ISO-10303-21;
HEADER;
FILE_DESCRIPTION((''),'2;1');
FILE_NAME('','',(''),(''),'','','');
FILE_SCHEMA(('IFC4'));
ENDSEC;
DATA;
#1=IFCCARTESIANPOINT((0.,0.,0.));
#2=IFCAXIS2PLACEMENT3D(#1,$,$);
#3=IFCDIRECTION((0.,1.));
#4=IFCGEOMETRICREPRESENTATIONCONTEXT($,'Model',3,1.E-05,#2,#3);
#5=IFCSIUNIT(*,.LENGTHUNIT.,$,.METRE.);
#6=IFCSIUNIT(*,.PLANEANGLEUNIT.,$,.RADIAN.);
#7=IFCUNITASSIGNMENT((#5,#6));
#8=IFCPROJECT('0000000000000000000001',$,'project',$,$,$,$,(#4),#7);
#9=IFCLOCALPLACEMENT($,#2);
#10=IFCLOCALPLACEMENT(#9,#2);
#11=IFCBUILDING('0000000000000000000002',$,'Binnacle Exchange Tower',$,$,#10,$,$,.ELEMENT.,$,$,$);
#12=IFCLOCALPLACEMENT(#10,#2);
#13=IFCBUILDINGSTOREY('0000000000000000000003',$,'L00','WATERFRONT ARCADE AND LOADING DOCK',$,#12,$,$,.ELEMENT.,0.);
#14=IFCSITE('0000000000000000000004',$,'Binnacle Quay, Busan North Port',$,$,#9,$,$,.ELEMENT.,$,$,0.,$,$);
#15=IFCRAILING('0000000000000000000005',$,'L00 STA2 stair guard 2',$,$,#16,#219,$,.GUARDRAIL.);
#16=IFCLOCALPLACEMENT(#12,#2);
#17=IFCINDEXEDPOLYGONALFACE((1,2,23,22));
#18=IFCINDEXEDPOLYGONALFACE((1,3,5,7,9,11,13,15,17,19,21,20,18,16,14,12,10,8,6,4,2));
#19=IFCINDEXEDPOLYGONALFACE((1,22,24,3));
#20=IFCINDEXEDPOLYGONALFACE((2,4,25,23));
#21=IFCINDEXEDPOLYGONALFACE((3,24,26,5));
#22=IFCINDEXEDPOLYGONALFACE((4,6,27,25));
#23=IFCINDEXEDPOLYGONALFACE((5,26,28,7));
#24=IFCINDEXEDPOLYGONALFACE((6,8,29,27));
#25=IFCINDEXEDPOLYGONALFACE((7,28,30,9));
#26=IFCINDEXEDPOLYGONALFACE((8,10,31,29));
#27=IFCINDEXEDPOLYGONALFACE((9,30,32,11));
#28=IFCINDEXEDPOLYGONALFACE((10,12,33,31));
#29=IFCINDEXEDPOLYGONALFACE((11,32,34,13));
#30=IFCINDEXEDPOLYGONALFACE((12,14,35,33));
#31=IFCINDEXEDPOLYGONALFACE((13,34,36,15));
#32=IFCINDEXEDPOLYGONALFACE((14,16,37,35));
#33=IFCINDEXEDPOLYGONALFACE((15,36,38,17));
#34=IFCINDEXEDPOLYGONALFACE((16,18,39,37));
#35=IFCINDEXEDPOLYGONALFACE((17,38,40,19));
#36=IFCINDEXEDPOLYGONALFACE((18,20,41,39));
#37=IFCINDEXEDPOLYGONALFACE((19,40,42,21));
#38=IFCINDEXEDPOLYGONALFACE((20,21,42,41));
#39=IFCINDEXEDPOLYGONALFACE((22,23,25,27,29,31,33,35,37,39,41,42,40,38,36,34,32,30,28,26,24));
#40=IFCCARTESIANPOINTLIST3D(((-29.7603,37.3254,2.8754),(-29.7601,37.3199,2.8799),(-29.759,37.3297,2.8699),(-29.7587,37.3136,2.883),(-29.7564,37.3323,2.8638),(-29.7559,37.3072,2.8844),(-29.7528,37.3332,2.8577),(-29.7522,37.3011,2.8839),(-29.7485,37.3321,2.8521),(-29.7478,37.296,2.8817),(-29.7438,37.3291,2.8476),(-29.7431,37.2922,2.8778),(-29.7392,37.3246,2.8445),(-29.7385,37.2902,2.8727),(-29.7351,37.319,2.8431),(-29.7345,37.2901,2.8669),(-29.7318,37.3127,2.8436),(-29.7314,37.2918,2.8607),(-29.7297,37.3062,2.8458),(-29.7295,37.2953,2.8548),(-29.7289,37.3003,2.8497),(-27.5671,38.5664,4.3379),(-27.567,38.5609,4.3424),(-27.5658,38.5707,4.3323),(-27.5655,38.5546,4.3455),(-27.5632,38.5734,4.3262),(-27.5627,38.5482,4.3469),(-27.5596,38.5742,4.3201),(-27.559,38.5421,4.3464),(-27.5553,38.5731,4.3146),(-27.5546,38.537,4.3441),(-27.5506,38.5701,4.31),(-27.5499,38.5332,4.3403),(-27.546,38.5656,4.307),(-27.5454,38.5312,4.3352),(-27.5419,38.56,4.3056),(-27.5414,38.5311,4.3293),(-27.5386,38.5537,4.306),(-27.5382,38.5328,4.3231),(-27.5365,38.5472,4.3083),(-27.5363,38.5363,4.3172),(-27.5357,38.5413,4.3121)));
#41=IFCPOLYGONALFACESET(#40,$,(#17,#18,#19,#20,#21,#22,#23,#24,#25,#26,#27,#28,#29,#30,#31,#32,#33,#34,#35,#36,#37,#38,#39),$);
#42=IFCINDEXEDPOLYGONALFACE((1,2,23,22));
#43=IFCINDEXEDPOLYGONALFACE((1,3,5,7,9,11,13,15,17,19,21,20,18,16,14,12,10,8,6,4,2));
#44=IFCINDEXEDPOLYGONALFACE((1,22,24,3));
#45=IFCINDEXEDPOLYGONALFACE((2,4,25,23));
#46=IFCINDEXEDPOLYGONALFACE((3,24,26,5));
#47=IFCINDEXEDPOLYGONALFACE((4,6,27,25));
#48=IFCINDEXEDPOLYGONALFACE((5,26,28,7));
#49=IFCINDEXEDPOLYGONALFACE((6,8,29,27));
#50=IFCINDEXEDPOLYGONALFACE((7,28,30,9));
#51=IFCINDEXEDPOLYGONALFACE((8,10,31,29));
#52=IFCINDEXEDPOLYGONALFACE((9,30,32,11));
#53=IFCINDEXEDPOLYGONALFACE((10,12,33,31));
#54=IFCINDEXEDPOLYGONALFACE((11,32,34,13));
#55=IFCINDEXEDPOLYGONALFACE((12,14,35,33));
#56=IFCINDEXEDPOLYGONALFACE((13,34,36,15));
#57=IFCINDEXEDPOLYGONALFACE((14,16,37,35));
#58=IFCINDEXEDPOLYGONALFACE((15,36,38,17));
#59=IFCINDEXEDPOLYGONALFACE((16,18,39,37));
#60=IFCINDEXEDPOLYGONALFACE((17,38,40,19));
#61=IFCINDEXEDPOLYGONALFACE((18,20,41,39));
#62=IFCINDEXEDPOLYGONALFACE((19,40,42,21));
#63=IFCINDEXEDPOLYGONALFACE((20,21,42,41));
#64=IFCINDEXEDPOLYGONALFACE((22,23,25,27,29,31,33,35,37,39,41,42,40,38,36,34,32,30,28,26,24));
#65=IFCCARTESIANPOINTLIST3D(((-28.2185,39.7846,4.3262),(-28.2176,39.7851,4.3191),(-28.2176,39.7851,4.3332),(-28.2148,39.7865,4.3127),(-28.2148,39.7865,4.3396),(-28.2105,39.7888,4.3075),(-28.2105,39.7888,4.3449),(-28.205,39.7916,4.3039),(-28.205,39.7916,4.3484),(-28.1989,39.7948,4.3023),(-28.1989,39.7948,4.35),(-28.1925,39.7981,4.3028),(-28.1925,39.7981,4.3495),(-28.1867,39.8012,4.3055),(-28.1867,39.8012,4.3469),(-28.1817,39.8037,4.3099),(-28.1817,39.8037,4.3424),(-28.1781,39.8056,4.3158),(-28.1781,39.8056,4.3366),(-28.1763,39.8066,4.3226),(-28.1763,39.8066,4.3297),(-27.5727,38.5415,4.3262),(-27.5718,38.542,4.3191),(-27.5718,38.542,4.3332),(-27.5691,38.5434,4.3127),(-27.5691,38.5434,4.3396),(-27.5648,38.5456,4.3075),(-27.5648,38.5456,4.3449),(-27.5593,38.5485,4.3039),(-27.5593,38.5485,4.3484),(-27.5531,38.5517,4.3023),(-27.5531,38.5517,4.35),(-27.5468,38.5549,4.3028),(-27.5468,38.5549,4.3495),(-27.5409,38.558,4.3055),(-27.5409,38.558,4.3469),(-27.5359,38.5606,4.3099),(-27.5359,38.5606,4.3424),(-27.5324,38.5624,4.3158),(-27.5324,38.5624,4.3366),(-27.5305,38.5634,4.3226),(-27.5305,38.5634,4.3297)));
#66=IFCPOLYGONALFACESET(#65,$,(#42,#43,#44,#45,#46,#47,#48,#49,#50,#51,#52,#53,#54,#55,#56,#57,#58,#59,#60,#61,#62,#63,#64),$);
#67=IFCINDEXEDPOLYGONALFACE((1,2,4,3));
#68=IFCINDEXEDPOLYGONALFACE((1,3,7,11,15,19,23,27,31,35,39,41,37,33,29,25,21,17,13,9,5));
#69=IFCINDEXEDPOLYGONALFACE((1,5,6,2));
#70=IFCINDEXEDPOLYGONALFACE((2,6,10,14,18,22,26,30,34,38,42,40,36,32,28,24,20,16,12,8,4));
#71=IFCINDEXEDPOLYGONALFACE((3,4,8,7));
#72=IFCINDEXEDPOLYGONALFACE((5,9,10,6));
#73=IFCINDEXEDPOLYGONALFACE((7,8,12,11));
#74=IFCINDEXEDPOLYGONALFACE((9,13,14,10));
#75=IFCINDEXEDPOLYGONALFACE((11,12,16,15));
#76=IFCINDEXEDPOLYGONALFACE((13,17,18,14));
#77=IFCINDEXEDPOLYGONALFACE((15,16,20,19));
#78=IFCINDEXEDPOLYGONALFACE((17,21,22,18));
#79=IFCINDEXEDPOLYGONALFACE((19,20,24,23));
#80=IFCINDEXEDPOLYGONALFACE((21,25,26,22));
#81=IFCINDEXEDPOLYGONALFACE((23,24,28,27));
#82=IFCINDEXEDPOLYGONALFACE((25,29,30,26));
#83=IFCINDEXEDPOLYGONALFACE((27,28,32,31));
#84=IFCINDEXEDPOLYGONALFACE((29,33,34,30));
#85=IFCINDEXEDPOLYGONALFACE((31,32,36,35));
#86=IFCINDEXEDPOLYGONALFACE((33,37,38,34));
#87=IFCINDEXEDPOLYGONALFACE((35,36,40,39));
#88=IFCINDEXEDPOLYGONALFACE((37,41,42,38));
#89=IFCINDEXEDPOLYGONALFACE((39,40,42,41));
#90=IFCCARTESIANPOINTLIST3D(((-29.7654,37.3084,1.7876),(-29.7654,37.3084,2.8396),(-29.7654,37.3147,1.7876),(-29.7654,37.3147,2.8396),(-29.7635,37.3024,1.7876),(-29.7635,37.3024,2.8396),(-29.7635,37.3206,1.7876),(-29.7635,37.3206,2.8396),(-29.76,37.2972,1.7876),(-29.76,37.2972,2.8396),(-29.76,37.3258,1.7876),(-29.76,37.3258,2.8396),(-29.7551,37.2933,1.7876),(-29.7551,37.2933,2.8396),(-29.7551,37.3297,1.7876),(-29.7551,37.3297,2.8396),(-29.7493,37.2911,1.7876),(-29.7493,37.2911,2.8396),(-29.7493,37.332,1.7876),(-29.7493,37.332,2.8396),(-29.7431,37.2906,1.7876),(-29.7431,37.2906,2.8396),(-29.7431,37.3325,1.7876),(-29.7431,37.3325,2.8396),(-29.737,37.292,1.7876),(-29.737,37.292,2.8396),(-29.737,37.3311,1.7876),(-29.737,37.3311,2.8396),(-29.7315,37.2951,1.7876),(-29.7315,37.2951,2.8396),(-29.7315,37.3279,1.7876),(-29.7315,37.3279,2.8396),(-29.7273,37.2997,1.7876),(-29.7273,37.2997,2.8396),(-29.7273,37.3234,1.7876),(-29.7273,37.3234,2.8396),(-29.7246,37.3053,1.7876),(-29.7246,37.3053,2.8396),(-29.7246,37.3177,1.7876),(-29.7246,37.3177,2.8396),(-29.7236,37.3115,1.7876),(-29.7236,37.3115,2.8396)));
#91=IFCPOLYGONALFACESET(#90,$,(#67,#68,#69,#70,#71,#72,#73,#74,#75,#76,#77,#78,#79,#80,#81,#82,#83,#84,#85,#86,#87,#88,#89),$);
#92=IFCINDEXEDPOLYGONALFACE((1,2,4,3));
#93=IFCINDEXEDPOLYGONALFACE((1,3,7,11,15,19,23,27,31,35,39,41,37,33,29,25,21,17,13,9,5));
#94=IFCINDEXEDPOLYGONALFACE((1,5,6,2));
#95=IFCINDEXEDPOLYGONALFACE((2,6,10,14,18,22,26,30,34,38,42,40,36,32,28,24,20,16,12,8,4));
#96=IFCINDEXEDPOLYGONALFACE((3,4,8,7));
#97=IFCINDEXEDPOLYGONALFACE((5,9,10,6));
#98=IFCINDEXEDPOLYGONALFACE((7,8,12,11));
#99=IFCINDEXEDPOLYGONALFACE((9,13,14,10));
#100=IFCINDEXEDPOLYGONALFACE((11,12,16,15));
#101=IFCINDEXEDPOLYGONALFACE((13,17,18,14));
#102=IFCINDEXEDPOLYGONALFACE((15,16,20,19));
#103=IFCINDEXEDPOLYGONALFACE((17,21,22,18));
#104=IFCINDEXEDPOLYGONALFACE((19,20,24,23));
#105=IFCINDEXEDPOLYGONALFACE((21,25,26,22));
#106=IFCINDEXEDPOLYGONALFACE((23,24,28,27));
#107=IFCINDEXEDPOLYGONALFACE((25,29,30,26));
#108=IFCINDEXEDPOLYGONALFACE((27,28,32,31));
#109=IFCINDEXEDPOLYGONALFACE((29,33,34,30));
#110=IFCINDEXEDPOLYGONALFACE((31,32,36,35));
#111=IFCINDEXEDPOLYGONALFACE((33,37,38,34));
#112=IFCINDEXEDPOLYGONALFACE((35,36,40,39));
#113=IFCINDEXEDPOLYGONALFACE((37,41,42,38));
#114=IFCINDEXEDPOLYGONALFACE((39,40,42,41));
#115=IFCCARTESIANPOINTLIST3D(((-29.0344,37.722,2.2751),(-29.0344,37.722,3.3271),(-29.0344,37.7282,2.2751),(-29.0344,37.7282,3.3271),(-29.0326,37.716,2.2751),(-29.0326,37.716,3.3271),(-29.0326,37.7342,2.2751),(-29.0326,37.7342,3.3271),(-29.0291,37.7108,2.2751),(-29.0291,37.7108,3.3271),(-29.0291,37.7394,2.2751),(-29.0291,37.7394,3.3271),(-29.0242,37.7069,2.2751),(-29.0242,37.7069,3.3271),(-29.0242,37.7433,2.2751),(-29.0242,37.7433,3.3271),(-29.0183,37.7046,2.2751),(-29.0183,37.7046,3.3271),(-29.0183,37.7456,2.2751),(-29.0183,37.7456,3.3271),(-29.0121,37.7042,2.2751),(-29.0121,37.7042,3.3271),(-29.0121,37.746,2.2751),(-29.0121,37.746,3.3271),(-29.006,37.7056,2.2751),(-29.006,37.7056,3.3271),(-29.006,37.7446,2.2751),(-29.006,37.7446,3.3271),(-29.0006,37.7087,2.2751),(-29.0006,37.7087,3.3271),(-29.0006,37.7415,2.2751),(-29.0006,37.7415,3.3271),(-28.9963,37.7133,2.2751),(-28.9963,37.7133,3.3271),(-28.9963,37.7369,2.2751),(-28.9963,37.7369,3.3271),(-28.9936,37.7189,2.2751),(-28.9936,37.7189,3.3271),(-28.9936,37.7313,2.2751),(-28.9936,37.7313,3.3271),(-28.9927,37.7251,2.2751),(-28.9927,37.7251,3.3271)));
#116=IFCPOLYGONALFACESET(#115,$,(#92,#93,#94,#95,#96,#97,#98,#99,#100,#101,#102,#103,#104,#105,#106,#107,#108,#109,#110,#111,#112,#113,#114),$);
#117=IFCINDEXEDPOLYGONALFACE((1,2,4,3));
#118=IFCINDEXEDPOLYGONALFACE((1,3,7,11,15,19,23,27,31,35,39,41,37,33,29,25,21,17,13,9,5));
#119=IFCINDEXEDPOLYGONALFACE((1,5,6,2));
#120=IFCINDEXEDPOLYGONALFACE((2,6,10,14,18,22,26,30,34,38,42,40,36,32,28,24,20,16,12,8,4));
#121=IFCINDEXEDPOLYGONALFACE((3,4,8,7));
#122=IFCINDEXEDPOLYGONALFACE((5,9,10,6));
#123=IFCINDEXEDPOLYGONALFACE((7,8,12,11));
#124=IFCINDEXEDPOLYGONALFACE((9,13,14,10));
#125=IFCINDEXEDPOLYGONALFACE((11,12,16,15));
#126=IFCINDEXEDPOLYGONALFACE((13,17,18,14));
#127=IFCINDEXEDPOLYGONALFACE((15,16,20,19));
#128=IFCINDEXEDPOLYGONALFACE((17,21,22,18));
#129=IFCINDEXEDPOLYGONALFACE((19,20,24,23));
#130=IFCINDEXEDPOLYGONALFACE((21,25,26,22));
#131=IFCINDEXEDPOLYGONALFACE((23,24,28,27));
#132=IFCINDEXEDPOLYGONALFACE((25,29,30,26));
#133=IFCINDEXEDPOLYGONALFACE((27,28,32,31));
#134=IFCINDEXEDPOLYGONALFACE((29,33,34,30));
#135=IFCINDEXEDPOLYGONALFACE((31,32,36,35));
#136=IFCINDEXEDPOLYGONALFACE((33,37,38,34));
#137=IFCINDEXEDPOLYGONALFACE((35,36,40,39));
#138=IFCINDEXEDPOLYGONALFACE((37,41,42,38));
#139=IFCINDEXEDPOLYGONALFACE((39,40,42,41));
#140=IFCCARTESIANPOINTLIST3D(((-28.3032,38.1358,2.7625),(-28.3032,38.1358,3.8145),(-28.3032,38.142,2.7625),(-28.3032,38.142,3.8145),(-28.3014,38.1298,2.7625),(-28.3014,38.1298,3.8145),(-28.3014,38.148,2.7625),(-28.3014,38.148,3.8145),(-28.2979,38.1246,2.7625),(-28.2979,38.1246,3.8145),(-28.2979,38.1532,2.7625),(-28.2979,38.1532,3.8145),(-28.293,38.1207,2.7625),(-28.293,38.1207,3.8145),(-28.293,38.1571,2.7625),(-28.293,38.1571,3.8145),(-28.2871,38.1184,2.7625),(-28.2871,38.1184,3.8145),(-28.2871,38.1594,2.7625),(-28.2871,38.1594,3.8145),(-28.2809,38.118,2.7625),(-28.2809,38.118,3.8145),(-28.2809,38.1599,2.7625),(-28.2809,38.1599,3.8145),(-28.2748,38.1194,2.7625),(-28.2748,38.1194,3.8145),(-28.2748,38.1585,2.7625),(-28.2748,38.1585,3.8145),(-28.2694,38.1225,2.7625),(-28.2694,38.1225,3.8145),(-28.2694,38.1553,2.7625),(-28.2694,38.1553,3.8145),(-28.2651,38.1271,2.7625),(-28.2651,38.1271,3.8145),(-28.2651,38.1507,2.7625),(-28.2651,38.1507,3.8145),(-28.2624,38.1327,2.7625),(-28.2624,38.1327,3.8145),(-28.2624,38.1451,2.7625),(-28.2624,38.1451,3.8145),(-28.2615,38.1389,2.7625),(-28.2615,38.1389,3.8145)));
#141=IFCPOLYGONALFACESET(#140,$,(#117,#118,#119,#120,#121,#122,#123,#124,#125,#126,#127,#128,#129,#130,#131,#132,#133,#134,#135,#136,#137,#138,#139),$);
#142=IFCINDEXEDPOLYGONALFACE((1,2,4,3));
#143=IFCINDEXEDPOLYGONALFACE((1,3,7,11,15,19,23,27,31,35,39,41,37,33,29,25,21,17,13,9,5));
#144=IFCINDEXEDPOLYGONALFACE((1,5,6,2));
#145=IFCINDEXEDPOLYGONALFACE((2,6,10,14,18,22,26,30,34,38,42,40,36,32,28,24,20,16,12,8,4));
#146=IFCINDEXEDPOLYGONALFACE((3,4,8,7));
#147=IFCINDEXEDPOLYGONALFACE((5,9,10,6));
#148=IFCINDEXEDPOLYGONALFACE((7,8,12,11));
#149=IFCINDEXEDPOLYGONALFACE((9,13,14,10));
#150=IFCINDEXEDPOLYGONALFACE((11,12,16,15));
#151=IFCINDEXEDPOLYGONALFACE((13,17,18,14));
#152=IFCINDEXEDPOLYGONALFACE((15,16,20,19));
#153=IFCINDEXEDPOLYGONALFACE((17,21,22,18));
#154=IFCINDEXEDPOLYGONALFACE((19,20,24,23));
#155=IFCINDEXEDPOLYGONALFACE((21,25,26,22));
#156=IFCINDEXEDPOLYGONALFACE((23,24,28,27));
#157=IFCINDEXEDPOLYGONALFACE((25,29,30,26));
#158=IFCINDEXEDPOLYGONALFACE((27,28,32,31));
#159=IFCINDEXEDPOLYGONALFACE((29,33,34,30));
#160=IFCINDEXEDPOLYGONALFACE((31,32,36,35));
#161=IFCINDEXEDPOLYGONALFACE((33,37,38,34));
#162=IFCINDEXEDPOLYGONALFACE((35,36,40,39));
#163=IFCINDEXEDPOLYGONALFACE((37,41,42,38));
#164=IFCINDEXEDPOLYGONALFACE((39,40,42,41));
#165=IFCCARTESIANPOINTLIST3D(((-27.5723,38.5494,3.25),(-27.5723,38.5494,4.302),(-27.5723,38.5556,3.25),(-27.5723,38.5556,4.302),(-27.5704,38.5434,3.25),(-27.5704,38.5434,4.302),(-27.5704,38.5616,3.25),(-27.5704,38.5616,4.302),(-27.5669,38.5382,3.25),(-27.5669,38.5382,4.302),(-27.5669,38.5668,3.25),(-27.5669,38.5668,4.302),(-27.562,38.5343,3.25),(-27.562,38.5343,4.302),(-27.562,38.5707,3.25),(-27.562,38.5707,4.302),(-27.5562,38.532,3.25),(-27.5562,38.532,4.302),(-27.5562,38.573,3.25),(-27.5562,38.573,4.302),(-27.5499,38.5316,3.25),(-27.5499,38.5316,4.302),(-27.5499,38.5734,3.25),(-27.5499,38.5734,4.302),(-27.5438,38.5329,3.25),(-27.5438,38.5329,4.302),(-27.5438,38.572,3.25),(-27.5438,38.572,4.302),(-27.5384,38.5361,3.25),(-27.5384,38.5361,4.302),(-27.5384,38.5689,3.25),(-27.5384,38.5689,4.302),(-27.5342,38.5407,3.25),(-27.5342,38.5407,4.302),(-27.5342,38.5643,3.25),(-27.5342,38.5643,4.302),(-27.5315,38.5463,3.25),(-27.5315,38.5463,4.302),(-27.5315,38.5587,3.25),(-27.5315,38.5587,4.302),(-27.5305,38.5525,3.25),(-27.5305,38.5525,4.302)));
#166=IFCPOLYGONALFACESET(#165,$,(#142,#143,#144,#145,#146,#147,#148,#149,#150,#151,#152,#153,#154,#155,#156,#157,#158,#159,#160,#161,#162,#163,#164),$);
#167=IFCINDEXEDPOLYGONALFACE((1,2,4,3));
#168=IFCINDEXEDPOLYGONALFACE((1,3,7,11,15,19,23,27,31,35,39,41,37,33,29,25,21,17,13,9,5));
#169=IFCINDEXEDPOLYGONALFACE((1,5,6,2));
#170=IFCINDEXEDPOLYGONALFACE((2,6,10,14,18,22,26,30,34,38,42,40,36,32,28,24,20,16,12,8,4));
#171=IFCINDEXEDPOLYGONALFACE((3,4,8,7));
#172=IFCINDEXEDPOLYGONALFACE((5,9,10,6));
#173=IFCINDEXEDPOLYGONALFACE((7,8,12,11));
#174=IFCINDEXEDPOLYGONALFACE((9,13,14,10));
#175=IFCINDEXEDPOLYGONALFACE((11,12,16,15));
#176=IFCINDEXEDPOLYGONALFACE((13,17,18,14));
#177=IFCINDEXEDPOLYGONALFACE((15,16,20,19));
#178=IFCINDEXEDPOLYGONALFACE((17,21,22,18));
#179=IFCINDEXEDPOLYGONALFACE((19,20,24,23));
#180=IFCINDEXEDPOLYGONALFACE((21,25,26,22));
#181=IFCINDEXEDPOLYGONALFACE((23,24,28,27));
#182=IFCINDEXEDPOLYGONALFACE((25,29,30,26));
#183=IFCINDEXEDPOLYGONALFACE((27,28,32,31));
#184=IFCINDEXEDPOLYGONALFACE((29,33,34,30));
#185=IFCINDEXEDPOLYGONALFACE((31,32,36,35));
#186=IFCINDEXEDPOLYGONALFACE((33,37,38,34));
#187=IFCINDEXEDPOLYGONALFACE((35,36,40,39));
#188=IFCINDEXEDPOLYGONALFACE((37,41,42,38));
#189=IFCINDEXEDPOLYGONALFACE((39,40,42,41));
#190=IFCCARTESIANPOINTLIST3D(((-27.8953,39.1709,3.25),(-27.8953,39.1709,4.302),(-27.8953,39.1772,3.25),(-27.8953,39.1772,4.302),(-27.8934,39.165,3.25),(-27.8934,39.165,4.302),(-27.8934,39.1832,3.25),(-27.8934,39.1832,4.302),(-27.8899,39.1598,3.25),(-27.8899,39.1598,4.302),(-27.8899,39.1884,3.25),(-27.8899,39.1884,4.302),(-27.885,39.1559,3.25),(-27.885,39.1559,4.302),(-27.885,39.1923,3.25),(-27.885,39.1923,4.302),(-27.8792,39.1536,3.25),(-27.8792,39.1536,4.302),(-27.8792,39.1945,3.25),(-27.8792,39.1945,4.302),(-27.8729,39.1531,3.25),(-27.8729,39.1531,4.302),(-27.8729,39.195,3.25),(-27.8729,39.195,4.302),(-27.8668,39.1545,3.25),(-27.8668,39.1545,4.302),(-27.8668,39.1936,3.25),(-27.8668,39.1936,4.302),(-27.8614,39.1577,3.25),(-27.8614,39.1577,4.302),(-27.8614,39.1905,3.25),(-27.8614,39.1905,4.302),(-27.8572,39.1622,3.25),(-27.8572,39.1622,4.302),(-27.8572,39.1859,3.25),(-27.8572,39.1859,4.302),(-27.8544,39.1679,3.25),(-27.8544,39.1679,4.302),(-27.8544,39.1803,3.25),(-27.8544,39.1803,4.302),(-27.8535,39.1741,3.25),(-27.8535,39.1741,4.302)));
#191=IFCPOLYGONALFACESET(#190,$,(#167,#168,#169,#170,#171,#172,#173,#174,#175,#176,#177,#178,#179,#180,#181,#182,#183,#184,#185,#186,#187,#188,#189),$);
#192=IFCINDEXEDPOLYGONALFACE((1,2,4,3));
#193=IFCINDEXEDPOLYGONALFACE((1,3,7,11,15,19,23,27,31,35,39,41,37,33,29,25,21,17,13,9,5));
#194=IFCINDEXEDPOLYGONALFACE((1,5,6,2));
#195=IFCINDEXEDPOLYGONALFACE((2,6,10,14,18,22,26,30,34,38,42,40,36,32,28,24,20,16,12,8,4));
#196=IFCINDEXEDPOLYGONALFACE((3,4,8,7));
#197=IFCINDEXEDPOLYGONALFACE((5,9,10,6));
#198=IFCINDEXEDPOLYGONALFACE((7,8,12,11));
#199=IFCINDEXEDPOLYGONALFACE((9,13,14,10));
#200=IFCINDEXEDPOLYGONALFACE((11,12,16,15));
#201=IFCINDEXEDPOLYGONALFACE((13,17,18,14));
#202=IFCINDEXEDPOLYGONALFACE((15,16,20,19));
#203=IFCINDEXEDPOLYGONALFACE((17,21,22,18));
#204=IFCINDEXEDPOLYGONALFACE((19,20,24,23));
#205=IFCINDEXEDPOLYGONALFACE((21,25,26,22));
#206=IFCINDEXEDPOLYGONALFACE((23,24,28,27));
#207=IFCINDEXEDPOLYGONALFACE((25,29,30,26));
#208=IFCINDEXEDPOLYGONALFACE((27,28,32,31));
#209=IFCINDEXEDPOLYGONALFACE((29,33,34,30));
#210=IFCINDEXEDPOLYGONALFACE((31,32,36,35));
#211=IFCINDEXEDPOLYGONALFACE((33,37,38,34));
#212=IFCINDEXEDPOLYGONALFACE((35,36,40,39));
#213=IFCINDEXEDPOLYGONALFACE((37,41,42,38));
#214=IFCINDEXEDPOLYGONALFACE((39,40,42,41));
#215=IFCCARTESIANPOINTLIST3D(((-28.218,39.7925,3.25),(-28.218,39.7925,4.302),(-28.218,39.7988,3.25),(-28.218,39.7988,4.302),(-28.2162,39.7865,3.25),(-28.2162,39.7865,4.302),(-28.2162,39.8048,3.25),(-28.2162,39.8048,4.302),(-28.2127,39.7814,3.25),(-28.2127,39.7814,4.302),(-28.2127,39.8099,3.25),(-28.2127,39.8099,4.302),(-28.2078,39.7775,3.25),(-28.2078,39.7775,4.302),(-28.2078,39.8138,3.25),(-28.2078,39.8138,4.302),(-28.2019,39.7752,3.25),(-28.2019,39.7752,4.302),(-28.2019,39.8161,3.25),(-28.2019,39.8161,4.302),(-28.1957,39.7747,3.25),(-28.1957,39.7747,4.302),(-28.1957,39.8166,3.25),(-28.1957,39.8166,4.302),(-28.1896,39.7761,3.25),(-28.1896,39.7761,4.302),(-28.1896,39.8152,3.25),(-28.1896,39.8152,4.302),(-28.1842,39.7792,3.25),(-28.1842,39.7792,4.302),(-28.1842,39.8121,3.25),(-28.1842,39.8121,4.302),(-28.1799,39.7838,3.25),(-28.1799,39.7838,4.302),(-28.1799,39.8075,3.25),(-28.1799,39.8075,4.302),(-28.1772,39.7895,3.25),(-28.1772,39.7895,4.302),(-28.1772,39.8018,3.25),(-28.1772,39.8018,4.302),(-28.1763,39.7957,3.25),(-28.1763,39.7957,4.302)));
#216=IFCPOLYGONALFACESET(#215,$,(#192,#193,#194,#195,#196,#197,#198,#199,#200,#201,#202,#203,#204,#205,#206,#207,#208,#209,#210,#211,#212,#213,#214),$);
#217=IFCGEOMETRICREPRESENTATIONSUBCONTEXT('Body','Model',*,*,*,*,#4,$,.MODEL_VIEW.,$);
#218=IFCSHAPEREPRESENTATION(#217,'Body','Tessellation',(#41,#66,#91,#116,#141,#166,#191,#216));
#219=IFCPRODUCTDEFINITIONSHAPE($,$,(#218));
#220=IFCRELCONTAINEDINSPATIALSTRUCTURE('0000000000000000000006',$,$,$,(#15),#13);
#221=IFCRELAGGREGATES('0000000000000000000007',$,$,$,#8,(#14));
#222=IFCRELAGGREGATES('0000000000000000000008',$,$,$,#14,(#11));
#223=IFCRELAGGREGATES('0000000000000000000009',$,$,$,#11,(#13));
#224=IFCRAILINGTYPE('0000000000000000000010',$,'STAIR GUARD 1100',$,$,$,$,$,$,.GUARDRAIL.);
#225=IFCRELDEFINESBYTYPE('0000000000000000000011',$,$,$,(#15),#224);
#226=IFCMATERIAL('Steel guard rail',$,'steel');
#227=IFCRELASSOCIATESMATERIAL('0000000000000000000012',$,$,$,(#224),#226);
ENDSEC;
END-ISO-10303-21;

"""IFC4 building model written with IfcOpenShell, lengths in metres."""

from ifc_helpers import new_model, si_unit, direction, frame, origin, origin_2d, place, context, subcontext, project, spatial, circle, extrude, material, type_object, element, save


model = new_model("IFC4")

# Units and contexts
model_context = context("Model", 3, precision=1e-05, world=origin(), true_north=direction((0.0, 1.0)))
body_context = subcontext(model_context, "Body", "Model", "MODEL_VIEW")
ifc_project = project(units=[si_unit("LENGTHUNIT", "METRE"), si_unit("PLANEANGLEUNIT", "RADIAN")], contexts=[model_context])

# Site, building, storey
site_placement = place(None, origin())
site = spatial("IfcSite", under=ifc_project, at=site_placement, Name="Binnacle Quay, Busan North Port", CompositionType="ELEMENT", RefElevation=0.0)
building_placement = place(site_placement, origin())
building = spatial("IfcBuilding", under=site, at=building_placement, Name="Binnacle Exchange Tower", CompositionType="ELEMENT")
storey_placement = place(building_placement, origin())
storey = spatial("IfcBuildingStorey", under=building, at=storey_placement, Name="L00", Description="WATERFRONT ARCADE AND LOADING DOCK", CompositionType="ELEMENT", Elevation=0.0)

# Railing
ifc_material_1 = material(Name="Steel guard rail", Category="steel")
railing_type = type_object("IfcRailingType", Name="STAIR GUARD 1100", PredefinedType="GUARDRAIL", material=ifc_material_1)
railing_1_placement = place(storey_placement, frame((-29.7446, 37.3115, 1.7876)))
element("IfcRailing", 1, at=railing_1_placement, inside=storey, type_object=railing_type, Name="L00 STA2 stair guard 2", PredefinedType="GUARDRAIL", context=body_context, shape_type="SweptSolid", body=[
    extrude(circle(Radius=0.0239, at=origin_2d()), frame((0.0, 0.0, 1.0762), z_axis=(0.752747, 0.42594, 0.501943), x_axis=(-0.492472, 0.870328, 0.0)), (0.0, 0.0, 1.0), 2.9136),
    extrude(circle(Radius=0.0239, at=origin_2d()), frame((2.1931, 1.241, 2.5386), z_axis=(-0.460963, 0.887419, 0.0), x_axis=(-0.887419, -0.460963, 0.0)), (0.0, 0.0, 1.0), 1.4009),
    extrude(circle(Radius=0.021, at=origin_2d()), origin(), (0.0, 0.0, 1.0), 1.052),
    extrude(circle(Radius=0.021, at=origin_2d()), frame((0.731, 0.4136, 0.4875)), (0.0, 0.0, 1.0), 1.052),
    extrude(circle(Radius=0.021, at=origin_2d()), frame((1.4622, 0.8274, 0.9749)), (0.0, 0.0, 1.0), 1.052),
    extrude(circle(Radius=0.021, at=origin_2d()), frame((2.1931, 1.241, 1.4624)), (0.0, 0.0, 1.0), 1.052),
    extrude(circle(Radius=0.021, at=origin_2d()), frame((1.8701, 1.8625, 1.4624)), (0.0, 0.0, 1.0), 1.052),
    extrude(circle(Radius=0.021, at=origin_2d()), frame((1.5474, 2.4841, 1.4624)), (0.0, 0.0, 1.0), 1.052),
])

save(model, "model.ifc")
